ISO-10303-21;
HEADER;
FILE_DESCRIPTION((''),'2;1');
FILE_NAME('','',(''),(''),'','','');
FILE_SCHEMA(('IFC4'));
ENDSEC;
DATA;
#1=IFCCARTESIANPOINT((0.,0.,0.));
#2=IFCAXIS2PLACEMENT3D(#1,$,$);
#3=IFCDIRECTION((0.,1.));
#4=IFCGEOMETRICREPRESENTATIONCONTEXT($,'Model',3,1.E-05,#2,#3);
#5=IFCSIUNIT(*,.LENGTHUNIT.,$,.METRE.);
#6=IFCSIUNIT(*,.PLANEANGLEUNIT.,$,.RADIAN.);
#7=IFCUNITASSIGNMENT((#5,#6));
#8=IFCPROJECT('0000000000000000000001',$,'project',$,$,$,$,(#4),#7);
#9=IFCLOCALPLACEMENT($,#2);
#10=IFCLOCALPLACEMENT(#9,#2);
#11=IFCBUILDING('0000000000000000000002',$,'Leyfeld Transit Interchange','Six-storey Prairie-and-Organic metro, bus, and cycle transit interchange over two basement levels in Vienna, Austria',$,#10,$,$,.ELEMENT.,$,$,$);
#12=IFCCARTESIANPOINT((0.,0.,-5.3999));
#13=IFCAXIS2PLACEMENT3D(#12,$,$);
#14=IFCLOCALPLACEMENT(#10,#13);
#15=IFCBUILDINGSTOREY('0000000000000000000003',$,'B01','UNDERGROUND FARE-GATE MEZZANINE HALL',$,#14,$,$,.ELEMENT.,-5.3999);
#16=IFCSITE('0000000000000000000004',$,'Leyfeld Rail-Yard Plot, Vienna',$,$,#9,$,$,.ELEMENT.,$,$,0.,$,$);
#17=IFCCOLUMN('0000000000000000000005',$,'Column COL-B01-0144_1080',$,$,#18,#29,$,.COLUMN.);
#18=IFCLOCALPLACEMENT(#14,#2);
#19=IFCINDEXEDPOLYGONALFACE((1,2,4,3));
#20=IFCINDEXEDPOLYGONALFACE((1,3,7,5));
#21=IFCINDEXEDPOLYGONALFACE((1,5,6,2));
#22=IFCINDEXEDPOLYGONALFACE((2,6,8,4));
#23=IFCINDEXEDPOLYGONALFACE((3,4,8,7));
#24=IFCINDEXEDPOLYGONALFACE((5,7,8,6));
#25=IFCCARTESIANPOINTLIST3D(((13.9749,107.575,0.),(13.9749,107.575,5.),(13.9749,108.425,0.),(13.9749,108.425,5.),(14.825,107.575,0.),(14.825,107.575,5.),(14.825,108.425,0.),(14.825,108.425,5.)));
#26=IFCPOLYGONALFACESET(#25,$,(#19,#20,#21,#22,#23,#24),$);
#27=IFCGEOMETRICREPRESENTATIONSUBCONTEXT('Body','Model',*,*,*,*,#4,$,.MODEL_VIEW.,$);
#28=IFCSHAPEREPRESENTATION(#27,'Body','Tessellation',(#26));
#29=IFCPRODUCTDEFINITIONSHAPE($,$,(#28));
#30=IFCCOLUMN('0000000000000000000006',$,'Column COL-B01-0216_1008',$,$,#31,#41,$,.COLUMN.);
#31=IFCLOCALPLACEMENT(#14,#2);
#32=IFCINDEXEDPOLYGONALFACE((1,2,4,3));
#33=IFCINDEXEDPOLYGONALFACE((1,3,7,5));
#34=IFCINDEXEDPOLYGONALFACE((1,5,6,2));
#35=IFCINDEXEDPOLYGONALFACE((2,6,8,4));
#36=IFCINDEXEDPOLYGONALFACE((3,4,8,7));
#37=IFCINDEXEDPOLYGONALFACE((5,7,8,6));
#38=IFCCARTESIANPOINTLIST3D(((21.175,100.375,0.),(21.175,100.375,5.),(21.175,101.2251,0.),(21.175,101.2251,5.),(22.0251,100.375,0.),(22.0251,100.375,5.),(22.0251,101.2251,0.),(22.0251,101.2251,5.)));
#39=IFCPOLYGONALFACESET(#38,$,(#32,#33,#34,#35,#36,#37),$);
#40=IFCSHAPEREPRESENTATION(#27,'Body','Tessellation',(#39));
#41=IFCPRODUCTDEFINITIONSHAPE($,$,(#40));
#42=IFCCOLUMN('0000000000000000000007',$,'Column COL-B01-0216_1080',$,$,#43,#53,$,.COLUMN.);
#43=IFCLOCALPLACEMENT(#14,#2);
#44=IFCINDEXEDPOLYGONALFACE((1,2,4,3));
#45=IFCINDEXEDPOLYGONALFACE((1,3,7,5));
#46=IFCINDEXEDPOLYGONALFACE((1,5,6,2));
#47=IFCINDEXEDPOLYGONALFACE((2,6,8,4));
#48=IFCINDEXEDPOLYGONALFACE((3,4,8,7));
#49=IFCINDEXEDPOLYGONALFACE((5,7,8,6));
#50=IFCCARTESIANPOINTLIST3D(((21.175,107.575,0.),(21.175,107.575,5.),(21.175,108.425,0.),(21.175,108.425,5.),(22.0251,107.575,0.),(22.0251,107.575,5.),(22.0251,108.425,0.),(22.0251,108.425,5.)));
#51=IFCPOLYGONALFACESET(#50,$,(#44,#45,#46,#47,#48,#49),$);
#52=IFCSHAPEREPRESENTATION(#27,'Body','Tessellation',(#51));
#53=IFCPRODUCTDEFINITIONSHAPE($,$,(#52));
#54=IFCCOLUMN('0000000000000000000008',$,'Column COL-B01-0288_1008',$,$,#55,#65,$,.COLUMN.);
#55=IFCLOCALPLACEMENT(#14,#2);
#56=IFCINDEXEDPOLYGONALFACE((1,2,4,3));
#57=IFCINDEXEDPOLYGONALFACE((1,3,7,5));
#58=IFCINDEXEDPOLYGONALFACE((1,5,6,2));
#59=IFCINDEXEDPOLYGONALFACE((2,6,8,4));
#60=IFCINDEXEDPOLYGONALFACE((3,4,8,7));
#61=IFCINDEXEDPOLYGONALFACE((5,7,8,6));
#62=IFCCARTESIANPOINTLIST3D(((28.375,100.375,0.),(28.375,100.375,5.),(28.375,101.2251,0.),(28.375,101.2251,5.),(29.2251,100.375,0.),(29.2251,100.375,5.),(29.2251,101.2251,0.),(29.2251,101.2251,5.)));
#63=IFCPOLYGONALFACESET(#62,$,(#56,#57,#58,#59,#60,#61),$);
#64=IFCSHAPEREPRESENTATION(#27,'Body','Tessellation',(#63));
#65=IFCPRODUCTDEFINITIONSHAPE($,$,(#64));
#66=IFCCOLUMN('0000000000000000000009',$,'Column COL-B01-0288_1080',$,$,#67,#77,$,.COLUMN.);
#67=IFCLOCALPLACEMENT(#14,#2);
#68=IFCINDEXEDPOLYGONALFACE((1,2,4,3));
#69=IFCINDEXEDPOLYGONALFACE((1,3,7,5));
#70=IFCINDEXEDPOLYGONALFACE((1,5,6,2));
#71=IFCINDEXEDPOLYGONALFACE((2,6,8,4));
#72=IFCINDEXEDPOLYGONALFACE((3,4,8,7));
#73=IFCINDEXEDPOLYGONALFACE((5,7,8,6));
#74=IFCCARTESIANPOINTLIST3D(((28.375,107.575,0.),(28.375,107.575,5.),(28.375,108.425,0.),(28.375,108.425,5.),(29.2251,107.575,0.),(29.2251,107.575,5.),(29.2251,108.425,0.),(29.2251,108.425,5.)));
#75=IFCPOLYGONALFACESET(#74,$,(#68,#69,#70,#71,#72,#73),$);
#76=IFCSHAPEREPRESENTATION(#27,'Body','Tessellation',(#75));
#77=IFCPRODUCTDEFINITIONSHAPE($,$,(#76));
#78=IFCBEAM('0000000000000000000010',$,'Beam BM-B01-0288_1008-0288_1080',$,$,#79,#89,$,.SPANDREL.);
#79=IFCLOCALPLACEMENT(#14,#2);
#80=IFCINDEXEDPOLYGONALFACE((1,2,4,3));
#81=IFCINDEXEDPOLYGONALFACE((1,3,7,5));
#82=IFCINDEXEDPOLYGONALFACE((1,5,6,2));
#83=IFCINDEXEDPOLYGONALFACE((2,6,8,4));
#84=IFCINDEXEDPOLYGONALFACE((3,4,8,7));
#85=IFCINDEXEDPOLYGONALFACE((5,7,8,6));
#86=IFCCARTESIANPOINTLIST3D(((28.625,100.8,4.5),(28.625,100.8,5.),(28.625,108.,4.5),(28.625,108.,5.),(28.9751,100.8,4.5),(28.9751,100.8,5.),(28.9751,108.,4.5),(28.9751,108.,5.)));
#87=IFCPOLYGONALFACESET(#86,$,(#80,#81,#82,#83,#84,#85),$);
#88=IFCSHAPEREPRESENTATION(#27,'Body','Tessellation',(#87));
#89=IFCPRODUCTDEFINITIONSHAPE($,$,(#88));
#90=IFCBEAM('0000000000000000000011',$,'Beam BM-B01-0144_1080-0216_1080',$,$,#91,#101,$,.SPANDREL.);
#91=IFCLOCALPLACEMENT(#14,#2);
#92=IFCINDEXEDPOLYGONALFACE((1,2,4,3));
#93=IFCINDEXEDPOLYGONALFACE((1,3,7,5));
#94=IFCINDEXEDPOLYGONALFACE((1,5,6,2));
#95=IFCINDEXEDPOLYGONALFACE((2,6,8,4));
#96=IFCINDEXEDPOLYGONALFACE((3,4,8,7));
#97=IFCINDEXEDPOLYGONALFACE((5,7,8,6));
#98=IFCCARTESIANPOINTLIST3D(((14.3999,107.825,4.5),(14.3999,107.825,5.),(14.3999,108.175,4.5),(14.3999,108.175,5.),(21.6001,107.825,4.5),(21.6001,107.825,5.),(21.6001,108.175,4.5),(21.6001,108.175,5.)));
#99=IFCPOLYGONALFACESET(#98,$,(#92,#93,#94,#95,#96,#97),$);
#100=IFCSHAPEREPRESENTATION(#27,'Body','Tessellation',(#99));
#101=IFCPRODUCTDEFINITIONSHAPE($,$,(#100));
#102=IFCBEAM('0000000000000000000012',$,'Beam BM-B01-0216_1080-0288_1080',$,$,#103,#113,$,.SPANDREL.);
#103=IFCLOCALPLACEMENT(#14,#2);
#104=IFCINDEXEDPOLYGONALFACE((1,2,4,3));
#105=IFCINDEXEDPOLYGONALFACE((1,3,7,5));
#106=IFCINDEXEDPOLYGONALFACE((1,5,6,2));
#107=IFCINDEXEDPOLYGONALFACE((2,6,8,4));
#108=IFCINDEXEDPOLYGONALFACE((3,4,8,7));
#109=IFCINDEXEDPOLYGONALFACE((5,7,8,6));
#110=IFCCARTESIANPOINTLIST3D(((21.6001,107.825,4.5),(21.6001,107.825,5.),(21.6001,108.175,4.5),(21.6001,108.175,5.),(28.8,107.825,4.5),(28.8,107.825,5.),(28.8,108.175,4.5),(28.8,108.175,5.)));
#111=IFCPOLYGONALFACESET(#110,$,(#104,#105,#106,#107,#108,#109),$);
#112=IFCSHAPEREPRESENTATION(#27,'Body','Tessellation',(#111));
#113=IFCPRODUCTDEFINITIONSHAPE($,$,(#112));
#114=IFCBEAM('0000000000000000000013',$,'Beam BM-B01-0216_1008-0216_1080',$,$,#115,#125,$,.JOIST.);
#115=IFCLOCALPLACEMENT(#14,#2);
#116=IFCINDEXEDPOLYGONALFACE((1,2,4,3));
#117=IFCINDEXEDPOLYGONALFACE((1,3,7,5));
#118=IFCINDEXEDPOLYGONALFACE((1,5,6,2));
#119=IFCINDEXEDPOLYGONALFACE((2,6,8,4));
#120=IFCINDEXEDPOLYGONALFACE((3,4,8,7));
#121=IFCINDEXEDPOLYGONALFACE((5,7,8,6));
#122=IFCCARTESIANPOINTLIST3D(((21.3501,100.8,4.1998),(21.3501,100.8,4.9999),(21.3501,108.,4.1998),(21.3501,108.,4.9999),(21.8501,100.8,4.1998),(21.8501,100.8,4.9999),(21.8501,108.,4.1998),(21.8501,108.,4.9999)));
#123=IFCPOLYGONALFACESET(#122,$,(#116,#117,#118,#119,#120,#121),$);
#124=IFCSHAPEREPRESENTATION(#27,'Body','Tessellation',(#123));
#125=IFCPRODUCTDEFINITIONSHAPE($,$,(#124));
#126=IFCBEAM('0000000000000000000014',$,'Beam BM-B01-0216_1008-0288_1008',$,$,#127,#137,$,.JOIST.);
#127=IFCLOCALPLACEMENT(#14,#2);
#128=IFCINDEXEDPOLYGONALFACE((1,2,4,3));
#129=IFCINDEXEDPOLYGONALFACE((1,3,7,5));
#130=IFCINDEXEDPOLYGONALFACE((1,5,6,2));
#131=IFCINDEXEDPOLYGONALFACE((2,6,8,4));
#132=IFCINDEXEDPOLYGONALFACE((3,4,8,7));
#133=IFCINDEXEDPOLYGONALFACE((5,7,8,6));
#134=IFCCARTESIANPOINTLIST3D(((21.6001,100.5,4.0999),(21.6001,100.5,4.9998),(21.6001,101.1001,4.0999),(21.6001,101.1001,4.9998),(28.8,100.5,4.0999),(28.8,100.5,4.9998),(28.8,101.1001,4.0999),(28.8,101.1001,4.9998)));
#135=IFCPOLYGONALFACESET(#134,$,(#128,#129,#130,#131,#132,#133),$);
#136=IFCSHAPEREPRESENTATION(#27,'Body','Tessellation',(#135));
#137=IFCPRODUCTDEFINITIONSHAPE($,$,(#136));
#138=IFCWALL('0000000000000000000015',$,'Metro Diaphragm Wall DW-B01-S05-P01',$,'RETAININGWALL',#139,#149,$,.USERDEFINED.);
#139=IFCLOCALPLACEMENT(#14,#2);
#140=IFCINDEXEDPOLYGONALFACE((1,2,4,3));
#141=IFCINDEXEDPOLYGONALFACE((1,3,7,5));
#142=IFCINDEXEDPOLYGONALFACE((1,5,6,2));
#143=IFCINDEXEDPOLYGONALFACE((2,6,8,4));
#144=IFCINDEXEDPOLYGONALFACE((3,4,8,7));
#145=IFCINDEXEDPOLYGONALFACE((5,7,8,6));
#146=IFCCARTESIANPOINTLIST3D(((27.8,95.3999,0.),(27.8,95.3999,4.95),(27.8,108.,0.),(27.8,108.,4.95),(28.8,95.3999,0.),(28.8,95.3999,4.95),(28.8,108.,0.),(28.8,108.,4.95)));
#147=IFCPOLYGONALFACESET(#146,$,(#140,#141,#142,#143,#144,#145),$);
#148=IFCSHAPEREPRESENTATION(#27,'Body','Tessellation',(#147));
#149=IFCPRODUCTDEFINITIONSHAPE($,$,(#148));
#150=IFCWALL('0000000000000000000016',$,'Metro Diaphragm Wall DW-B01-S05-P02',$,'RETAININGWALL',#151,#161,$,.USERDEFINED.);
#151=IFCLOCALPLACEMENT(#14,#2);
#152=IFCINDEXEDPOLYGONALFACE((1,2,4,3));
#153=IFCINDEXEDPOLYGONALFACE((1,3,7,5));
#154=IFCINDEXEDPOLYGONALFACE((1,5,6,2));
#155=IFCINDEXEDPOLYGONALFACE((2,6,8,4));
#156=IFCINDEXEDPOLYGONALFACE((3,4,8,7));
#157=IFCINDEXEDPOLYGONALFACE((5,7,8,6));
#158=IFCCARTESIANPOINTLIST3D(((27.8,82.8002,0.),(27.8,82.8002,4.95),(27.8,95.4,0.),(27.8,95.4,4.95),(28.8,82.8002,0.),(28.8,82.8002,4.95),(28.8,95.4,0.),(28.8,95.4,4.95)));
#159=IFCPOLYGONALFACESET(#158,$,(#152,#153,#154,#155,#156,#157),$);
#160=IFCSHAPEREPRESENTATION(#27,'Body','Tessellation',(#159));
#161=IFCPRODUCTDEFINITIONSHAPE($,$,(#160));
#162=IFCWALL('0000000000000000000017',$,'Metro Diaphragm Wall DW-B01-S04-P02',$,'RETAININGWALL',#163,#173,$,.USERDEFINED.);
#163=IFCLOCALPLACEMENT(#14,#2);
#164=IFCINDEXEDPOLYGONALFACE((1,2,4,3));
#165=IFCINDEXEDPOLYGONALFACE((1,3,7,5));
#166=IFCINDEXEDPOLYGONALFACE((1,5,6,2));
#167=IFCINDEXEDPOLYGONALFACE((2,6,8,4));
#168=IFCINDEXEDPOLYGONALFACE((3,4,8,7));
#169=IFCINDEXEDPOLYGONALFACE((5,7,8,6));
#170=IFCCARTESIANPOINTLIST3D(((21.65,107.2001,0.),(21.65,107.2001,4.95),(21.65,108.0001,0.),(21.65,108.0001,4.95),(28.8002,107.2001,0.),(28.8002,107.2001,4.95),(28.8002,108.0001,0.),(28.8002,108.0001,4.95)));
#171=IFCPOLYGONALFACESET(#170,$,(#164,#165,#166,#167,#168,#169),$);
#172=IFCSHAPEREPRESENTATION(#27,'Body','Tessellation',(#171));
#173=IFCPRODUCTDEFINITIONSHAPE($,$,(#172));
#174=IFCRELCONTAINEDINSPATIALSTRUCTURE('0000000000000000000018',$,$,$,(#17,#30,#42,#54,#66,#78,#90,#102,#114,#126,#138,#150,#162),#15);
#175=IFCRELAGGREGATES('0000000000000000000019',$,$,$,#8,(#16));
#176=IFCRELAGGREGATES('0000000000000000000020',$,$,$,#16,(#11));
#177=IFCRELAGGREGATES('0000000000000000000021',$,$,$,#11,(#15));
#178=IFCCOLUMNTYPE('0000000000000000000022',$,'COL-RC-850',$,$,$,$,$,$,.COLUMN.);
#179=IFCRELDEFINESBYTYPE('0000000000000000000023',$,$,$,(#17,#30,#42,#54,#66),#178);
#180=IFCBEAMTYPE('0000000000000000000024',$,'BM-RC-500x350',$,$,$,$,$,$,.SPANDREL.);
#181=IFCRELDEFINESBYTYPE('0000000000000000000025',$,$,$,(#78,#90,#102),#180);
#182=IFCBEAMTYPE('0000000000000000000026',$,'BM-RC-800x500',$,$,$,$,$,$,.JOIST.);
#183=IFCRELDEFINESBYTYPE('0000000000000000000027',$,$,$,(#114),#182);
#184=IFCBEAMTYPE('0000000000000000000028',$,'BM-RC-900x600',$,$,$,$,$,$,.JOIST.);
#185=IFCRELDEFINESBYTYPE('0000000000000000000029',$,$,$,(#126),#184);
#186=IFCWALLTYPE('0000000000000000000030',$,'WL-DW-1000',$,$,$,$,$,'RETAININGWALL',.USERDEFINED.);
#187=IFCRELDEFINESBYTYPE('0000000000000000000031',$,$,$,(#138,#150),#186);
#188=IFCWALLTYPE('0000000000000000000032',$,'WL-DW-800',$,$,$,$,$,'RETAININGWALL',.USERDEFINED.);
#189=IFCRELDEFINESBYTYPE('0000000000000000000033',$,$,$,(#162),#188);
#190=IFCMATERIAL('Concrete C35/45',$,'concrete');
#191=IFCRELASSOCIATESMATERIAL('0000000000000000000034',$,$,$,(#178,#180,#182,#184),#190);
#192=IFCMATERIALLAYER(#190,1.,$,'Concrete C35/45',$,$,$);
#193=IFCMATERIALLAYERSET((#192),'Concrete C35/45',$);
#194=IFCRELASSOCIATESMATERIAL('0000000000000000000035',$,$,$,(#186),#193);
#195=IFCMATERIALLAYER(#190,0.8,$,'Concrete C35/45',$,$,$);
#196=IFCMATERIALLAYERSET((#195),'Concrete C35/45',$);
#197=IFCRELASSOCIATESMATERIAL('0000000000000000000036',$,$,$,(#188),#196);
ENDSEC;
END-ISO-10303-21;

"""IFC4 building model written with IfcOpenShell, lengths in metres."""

from ifc_helpers import new_model, si_unit, direction, frame, frame_2d, origin, origin_2d, place, context, subcontext, project, spatial, rectangle, extrude, material, layer, layer_set, material_profile, profile_set, type_object, element, save


model = new_model("IFC4")

# Units and contexts
model_context = context("Model", 3, precision=1e-05, world=origin(), true_north=direction((0.0, 1.0)))
body_context = subcontext(model_context, "Body", "Model", "MODEL_VIEW")
ifc_project = project(units=[si_unit("LENGTHUNIT", "METRE"), si_unit("PLANEANGLEUNIT", "RADIAN")], contexts=[model_context])

# Site, building, storey
site_placement = place(None, origin())
site = spatial("IfcSite", under=ifc_project, at=site_placement, Name="Leyfeld Rail-Yard Plot, Vienna", CompositionType="ELEMENT", RefElevation=0.0)
building_placement = place(site_placement, origin())
building = spatial("IfcBuilding", under=site, at=building_placement, Name="Leyfeld Transit Interchange", Description="Six-storey Prairie-and-Organic metro, bus, and cycle transit interchange over two basement levels in Vienna, Austria", CompositionType="ELEMENT")
storey_placement = place(building_placement, frame((0.0, 0.0, -5.3999)))
storey = spatial("IfcBuildingStorey", under=building, at=storey_placement, Name="B01", Description="UNDERGROUND FARE-GATE MEZZANINE HALL", CompositionType="ELEMENT", Elevation=-5.3999)

# Columns
ifc_material_1 = material(Name="Concrete C35/45", Category="concrete")
ifc_material_profile_1 = material_profile(ifc_material_1, rectangle(XDim=0.8501, YDim=0.8501, at=origin_2d()), Name="RC 850x850")
ifc_profile_set_1 = profile_set([ifc_material_profile_1], Name="Concrete C35/45")
column_type = type_object("IfcColumnType", Name="COL-RC-850", PredefinedType="COLUMN", material=ifc_profile_set_1)
for number, where, z_axis, x_axis, name in (
    (1, (14.3999, 108.0, 0.0), (0.0, 0.0, 1.0), (1.0, 0.0, 0.0), "Column COL-B01-0144_1080"),
    (2, (21.6001, 100.8, 0.0), (0.0, 0.0, 1.0), (1.0, 0.0, 0.0), "Column COL-B01-0216_1008"),
    (3, (21.6001, 108.0, 0.0), (0.0, 0.0, 1.0), (1.0, 0.0, 0.0), "Column COL-B01-0216_1080"),
    (4, (28.8, 100.8, 0.0), (0.0, 0.0, 1.0), (1.0, 0.0, 0.0), "Column COL-B01-0288_1008"),
    (5, (28.8, 108.0, 0.0), (0.0, 0.0, 1.0), (1.0, 0.0, 0.0), "Column COL-B01-0288_1080"),
):
    element("IfcColumn", number, at=place(storey_placement, frame(where, z_axis=z_axis, x_axis=x_axis)), inside=storey, type_object=column_type, Name=name, PredefinedType="COLUMN", context=body_context, shape_type="SweptSolid", body=[
        extrude(rectangle(XDim=0.8501, YDim=0.8501, at=origin_2d()), origin(), (0.0, 0.0, 1.0), 5.0),
    ])

# Beams
ifc_material_profile_2 = material_profile(ifc_material_1, rectangle(XDim=0.3501, YDim=0.5, at=origin_2d()), Name="RC 500x350")
ifc_profile_set_2 = profile_set([ifc_material_profile_2], Name="Concrete C35/45")
beam_type_1 = type_object("IfcBeamType", Name="BM-RC-500x350", PredefinedType="SPANDREL", material=ifc_profile_set_2)
beam_1_placement = place(storey_placement, frame((28.8, 100.8, 4.75), z_axis=(0.0, 1.0, 0.0), x_axis=(-1.0, 0.0, 0.0)))
element("IfcBeam", 6, at=beam_1_placement, inside=storey, type_object=beam_type_1, Name="Beam BM-B01-0288_1008-0288_1080", PredefinedType="SPANDREL", context=body_context, shape_type="SweptSolid", body=[
    extrude(rectangle(XDim=0.3501, YDim=0.5, at=origin_2d()), origin(), (0.0, 0.0, 1.0), 7.2),
])
beam_2_placement = place(storey_placement, frame((14.3999, 108.0, 4.75), z_axis=(1.0, 0.0, 0.0), x_axis=(0.0, 1.0, 0.0)))
element("IfcBeam", 7, at=beam_2_placement, inside=storey, type_object=beam_type_1, Name="Beam BM-B01-0144_1080-0216_1080", PredefinedType="SPANDREL", context=body_context, shape_type="SweptSolid", body=[
    extrude(rectangle(XDim=0.3501, YDim=0.5, at=origin_2d()), origin(), (0.0, 0.0, 1.0), 7.2002),
])
beam_3_placement = place(storey_placement, frame((21.6001, 108.0, 4.75), z_axis=(1.0, 0.0, 0.0), x_axis=(0.0, 1.0, 0.0)))
element("IfcBeam", 8, at=beam_3_placement, inside=storey, type_object=beam_type_1, Name="Beam BM-B01-0216_1080-0288_1080", PredefinedType="SPANDREL", context=body_context, shape_type="SweptSolid", body=[
    extrude(rectangle(XDim=0.3501, YDim=0.5, at=origin_2d()), origin(), (0.0, 0.0, 1.0), 7.2),
])
ifc_material_profile_3 = material_profile(ifc_material_1, rectangle(XDim=0.5, YDim=0.8, at=origin_2d()), Name="RC 800x500")
ifc_profile_set_3 = profile_set([ifc_material_profile_3], Name="Concrete C35/45")
beam_type_2 = type_object("IfcBeamType", Name="BM-RC-800x500", PredefinedType="JOIST", material=ifc_profile_set_3)
beam_4_placement = place(storey_placement, frame((21.6001, 100.8, 4.5999), z_axis=(0.0, 1.0, 0.0), x_axis=(-1.0, 0.0, 0.0)))
element("IfcBeam", 9, at=beam_4_placement, inside=storey, type_object=beam_type_2, Name="Beam BM-B01-0216_1008-0216_1080", PredefinedType="JOIST", context=body_context, shape_type="SweptSolid", body=[
    extrude(rectangle(XDim=0.5, YDim=0.8, at=origin_2d()), origin(), (0.0, 0.0, 1.0), 7.2),
])
ifc_material_profile_4 = material_profile(ifc_material_1, rectangle(XDim=0.6001, YDim=0.8999, at=origin_2d()), Name="RC 900x600")
ifc_profile_set_4 = profile_set([ifc_material_profile_4], Name="Concrete C35/45")
beam_type_3 = type_object("IfcBeamType", Name="BM-RC-900x600", PredefinedType="JOIST", material=ifc_profile_set_4)
beam_5_placement = place(storey_placement, frame((21.6001, 100.8, 4.5498), z_axis=(1.0, 0.0, 0.0), x_axis=(0.0, 1.0, 0.0)))
element("IfcBeam", 10, at=beam_5_placement, inside=storey, type_object=beam_type_3, Name="Beam BM-B01-0216_1008-0288_1008", PredefinedType="JOIST", context=body_context, shape_type="SweptSolid", body=[
    extrude(rectangle(XDim=0.6001, YDim=0.8999, at=origin_2d()), origin(), (0.0, 0.0, 1.0), 7.2),
])

# Walls
ifc_layer_1 = layer(ifc_material_1, 1.0, Name="Concrete C35/45")
ifc_layer_set_1 = layer_set([ifc_layer_1], Name="Concrete C35/45")
wall_type_1 = type_object("IfcWallType", Name="WL-DW-1000", ElementType="RETAININGWALL", PredefinedType="USERDEFINED", material=ifc_layer_set_1)
wall_1_placement = place(storey_placement, frame((28.3, 108.0, 0.0), z_axis=(0.0, 0.0, 1.0), x_axis=(0.0, -1.0, 0.0)))
element("IfcWall", 11, at=wall_1_placement, inside=storey, type_object=wall_type_1, Name="Metro Diaphragm Wall DW-B01-S05-P01", ObjectType="RETAININGWALL", PredefinedType="USERDEFINED", context=body_context, shape_type="SweptSolid", body=[
    extrude(rectangle(XDim=12.6001, YDim=1.0, at=frame_2d((6.3, 0.0))), origin(), (0.0, 0.0, 1.0), 4.95),
])
wall_2_placement = place(storey_placement, frame((28.3, 95.3999, 0.0), z_axis=(0.0, 0.0, 1.0), x_axis=(0.0, -1.0, 0.0)))
element("IfcWall", 12, at=wall_2_placement, inside=storey, type_object=wall_type_1, Name="Metro Diaphragm Wall DW-B01-S05-P02", ObjectType="RETAININGWALL", PredefinedType="USERDEFINED", context=body_context, shape_type="SweptSolid", body=[
    extrude(rectangle(XDim=12.5999, YDim=1.0, at=frame_2d((6.2998, 0.0))), origin(), (0.0, 0.0, 1.0), 4.95),
])
ifc_layer_2 = layer(ifc_material_1, 0.8, Name="Concrete C35/45")
ifc_layer_set_2 = layer_set([ifc_layer_2], Name="Concrete C35/45")
wall_type_2 = type_object("IfcWallType", Name="WL-DW-800", ElementType="RETAININGWALL", PredefinedType="USERDEFINED", material=ifc_layer_set_2)
wall_3_placement = place(storey_placement, frame((21.6499, 107.6001, 0.0), z_axis=(0.0, 0.0, 1.0), x_axis=(1.0, 0.0, 0.0)))
element("IfcWall", 13, at=wall_3_placement, inside=storey, type_object=wall_type_2, Name="Metro Diaphragm Wall DW-B01-S04-P02", ObjectType="RETAININGWALL", PredefinedType="USERDEFINED", context=body_context, shape_type="SweptSolid", body=[
    extrude(rectangle(XDim=7.1501, YDim=0.8, at=frame_2d((3.5752, 0.0))), origin(), (0.0, 0.0, 1.0), 4.95),
])

save(model, "model.ifc")
